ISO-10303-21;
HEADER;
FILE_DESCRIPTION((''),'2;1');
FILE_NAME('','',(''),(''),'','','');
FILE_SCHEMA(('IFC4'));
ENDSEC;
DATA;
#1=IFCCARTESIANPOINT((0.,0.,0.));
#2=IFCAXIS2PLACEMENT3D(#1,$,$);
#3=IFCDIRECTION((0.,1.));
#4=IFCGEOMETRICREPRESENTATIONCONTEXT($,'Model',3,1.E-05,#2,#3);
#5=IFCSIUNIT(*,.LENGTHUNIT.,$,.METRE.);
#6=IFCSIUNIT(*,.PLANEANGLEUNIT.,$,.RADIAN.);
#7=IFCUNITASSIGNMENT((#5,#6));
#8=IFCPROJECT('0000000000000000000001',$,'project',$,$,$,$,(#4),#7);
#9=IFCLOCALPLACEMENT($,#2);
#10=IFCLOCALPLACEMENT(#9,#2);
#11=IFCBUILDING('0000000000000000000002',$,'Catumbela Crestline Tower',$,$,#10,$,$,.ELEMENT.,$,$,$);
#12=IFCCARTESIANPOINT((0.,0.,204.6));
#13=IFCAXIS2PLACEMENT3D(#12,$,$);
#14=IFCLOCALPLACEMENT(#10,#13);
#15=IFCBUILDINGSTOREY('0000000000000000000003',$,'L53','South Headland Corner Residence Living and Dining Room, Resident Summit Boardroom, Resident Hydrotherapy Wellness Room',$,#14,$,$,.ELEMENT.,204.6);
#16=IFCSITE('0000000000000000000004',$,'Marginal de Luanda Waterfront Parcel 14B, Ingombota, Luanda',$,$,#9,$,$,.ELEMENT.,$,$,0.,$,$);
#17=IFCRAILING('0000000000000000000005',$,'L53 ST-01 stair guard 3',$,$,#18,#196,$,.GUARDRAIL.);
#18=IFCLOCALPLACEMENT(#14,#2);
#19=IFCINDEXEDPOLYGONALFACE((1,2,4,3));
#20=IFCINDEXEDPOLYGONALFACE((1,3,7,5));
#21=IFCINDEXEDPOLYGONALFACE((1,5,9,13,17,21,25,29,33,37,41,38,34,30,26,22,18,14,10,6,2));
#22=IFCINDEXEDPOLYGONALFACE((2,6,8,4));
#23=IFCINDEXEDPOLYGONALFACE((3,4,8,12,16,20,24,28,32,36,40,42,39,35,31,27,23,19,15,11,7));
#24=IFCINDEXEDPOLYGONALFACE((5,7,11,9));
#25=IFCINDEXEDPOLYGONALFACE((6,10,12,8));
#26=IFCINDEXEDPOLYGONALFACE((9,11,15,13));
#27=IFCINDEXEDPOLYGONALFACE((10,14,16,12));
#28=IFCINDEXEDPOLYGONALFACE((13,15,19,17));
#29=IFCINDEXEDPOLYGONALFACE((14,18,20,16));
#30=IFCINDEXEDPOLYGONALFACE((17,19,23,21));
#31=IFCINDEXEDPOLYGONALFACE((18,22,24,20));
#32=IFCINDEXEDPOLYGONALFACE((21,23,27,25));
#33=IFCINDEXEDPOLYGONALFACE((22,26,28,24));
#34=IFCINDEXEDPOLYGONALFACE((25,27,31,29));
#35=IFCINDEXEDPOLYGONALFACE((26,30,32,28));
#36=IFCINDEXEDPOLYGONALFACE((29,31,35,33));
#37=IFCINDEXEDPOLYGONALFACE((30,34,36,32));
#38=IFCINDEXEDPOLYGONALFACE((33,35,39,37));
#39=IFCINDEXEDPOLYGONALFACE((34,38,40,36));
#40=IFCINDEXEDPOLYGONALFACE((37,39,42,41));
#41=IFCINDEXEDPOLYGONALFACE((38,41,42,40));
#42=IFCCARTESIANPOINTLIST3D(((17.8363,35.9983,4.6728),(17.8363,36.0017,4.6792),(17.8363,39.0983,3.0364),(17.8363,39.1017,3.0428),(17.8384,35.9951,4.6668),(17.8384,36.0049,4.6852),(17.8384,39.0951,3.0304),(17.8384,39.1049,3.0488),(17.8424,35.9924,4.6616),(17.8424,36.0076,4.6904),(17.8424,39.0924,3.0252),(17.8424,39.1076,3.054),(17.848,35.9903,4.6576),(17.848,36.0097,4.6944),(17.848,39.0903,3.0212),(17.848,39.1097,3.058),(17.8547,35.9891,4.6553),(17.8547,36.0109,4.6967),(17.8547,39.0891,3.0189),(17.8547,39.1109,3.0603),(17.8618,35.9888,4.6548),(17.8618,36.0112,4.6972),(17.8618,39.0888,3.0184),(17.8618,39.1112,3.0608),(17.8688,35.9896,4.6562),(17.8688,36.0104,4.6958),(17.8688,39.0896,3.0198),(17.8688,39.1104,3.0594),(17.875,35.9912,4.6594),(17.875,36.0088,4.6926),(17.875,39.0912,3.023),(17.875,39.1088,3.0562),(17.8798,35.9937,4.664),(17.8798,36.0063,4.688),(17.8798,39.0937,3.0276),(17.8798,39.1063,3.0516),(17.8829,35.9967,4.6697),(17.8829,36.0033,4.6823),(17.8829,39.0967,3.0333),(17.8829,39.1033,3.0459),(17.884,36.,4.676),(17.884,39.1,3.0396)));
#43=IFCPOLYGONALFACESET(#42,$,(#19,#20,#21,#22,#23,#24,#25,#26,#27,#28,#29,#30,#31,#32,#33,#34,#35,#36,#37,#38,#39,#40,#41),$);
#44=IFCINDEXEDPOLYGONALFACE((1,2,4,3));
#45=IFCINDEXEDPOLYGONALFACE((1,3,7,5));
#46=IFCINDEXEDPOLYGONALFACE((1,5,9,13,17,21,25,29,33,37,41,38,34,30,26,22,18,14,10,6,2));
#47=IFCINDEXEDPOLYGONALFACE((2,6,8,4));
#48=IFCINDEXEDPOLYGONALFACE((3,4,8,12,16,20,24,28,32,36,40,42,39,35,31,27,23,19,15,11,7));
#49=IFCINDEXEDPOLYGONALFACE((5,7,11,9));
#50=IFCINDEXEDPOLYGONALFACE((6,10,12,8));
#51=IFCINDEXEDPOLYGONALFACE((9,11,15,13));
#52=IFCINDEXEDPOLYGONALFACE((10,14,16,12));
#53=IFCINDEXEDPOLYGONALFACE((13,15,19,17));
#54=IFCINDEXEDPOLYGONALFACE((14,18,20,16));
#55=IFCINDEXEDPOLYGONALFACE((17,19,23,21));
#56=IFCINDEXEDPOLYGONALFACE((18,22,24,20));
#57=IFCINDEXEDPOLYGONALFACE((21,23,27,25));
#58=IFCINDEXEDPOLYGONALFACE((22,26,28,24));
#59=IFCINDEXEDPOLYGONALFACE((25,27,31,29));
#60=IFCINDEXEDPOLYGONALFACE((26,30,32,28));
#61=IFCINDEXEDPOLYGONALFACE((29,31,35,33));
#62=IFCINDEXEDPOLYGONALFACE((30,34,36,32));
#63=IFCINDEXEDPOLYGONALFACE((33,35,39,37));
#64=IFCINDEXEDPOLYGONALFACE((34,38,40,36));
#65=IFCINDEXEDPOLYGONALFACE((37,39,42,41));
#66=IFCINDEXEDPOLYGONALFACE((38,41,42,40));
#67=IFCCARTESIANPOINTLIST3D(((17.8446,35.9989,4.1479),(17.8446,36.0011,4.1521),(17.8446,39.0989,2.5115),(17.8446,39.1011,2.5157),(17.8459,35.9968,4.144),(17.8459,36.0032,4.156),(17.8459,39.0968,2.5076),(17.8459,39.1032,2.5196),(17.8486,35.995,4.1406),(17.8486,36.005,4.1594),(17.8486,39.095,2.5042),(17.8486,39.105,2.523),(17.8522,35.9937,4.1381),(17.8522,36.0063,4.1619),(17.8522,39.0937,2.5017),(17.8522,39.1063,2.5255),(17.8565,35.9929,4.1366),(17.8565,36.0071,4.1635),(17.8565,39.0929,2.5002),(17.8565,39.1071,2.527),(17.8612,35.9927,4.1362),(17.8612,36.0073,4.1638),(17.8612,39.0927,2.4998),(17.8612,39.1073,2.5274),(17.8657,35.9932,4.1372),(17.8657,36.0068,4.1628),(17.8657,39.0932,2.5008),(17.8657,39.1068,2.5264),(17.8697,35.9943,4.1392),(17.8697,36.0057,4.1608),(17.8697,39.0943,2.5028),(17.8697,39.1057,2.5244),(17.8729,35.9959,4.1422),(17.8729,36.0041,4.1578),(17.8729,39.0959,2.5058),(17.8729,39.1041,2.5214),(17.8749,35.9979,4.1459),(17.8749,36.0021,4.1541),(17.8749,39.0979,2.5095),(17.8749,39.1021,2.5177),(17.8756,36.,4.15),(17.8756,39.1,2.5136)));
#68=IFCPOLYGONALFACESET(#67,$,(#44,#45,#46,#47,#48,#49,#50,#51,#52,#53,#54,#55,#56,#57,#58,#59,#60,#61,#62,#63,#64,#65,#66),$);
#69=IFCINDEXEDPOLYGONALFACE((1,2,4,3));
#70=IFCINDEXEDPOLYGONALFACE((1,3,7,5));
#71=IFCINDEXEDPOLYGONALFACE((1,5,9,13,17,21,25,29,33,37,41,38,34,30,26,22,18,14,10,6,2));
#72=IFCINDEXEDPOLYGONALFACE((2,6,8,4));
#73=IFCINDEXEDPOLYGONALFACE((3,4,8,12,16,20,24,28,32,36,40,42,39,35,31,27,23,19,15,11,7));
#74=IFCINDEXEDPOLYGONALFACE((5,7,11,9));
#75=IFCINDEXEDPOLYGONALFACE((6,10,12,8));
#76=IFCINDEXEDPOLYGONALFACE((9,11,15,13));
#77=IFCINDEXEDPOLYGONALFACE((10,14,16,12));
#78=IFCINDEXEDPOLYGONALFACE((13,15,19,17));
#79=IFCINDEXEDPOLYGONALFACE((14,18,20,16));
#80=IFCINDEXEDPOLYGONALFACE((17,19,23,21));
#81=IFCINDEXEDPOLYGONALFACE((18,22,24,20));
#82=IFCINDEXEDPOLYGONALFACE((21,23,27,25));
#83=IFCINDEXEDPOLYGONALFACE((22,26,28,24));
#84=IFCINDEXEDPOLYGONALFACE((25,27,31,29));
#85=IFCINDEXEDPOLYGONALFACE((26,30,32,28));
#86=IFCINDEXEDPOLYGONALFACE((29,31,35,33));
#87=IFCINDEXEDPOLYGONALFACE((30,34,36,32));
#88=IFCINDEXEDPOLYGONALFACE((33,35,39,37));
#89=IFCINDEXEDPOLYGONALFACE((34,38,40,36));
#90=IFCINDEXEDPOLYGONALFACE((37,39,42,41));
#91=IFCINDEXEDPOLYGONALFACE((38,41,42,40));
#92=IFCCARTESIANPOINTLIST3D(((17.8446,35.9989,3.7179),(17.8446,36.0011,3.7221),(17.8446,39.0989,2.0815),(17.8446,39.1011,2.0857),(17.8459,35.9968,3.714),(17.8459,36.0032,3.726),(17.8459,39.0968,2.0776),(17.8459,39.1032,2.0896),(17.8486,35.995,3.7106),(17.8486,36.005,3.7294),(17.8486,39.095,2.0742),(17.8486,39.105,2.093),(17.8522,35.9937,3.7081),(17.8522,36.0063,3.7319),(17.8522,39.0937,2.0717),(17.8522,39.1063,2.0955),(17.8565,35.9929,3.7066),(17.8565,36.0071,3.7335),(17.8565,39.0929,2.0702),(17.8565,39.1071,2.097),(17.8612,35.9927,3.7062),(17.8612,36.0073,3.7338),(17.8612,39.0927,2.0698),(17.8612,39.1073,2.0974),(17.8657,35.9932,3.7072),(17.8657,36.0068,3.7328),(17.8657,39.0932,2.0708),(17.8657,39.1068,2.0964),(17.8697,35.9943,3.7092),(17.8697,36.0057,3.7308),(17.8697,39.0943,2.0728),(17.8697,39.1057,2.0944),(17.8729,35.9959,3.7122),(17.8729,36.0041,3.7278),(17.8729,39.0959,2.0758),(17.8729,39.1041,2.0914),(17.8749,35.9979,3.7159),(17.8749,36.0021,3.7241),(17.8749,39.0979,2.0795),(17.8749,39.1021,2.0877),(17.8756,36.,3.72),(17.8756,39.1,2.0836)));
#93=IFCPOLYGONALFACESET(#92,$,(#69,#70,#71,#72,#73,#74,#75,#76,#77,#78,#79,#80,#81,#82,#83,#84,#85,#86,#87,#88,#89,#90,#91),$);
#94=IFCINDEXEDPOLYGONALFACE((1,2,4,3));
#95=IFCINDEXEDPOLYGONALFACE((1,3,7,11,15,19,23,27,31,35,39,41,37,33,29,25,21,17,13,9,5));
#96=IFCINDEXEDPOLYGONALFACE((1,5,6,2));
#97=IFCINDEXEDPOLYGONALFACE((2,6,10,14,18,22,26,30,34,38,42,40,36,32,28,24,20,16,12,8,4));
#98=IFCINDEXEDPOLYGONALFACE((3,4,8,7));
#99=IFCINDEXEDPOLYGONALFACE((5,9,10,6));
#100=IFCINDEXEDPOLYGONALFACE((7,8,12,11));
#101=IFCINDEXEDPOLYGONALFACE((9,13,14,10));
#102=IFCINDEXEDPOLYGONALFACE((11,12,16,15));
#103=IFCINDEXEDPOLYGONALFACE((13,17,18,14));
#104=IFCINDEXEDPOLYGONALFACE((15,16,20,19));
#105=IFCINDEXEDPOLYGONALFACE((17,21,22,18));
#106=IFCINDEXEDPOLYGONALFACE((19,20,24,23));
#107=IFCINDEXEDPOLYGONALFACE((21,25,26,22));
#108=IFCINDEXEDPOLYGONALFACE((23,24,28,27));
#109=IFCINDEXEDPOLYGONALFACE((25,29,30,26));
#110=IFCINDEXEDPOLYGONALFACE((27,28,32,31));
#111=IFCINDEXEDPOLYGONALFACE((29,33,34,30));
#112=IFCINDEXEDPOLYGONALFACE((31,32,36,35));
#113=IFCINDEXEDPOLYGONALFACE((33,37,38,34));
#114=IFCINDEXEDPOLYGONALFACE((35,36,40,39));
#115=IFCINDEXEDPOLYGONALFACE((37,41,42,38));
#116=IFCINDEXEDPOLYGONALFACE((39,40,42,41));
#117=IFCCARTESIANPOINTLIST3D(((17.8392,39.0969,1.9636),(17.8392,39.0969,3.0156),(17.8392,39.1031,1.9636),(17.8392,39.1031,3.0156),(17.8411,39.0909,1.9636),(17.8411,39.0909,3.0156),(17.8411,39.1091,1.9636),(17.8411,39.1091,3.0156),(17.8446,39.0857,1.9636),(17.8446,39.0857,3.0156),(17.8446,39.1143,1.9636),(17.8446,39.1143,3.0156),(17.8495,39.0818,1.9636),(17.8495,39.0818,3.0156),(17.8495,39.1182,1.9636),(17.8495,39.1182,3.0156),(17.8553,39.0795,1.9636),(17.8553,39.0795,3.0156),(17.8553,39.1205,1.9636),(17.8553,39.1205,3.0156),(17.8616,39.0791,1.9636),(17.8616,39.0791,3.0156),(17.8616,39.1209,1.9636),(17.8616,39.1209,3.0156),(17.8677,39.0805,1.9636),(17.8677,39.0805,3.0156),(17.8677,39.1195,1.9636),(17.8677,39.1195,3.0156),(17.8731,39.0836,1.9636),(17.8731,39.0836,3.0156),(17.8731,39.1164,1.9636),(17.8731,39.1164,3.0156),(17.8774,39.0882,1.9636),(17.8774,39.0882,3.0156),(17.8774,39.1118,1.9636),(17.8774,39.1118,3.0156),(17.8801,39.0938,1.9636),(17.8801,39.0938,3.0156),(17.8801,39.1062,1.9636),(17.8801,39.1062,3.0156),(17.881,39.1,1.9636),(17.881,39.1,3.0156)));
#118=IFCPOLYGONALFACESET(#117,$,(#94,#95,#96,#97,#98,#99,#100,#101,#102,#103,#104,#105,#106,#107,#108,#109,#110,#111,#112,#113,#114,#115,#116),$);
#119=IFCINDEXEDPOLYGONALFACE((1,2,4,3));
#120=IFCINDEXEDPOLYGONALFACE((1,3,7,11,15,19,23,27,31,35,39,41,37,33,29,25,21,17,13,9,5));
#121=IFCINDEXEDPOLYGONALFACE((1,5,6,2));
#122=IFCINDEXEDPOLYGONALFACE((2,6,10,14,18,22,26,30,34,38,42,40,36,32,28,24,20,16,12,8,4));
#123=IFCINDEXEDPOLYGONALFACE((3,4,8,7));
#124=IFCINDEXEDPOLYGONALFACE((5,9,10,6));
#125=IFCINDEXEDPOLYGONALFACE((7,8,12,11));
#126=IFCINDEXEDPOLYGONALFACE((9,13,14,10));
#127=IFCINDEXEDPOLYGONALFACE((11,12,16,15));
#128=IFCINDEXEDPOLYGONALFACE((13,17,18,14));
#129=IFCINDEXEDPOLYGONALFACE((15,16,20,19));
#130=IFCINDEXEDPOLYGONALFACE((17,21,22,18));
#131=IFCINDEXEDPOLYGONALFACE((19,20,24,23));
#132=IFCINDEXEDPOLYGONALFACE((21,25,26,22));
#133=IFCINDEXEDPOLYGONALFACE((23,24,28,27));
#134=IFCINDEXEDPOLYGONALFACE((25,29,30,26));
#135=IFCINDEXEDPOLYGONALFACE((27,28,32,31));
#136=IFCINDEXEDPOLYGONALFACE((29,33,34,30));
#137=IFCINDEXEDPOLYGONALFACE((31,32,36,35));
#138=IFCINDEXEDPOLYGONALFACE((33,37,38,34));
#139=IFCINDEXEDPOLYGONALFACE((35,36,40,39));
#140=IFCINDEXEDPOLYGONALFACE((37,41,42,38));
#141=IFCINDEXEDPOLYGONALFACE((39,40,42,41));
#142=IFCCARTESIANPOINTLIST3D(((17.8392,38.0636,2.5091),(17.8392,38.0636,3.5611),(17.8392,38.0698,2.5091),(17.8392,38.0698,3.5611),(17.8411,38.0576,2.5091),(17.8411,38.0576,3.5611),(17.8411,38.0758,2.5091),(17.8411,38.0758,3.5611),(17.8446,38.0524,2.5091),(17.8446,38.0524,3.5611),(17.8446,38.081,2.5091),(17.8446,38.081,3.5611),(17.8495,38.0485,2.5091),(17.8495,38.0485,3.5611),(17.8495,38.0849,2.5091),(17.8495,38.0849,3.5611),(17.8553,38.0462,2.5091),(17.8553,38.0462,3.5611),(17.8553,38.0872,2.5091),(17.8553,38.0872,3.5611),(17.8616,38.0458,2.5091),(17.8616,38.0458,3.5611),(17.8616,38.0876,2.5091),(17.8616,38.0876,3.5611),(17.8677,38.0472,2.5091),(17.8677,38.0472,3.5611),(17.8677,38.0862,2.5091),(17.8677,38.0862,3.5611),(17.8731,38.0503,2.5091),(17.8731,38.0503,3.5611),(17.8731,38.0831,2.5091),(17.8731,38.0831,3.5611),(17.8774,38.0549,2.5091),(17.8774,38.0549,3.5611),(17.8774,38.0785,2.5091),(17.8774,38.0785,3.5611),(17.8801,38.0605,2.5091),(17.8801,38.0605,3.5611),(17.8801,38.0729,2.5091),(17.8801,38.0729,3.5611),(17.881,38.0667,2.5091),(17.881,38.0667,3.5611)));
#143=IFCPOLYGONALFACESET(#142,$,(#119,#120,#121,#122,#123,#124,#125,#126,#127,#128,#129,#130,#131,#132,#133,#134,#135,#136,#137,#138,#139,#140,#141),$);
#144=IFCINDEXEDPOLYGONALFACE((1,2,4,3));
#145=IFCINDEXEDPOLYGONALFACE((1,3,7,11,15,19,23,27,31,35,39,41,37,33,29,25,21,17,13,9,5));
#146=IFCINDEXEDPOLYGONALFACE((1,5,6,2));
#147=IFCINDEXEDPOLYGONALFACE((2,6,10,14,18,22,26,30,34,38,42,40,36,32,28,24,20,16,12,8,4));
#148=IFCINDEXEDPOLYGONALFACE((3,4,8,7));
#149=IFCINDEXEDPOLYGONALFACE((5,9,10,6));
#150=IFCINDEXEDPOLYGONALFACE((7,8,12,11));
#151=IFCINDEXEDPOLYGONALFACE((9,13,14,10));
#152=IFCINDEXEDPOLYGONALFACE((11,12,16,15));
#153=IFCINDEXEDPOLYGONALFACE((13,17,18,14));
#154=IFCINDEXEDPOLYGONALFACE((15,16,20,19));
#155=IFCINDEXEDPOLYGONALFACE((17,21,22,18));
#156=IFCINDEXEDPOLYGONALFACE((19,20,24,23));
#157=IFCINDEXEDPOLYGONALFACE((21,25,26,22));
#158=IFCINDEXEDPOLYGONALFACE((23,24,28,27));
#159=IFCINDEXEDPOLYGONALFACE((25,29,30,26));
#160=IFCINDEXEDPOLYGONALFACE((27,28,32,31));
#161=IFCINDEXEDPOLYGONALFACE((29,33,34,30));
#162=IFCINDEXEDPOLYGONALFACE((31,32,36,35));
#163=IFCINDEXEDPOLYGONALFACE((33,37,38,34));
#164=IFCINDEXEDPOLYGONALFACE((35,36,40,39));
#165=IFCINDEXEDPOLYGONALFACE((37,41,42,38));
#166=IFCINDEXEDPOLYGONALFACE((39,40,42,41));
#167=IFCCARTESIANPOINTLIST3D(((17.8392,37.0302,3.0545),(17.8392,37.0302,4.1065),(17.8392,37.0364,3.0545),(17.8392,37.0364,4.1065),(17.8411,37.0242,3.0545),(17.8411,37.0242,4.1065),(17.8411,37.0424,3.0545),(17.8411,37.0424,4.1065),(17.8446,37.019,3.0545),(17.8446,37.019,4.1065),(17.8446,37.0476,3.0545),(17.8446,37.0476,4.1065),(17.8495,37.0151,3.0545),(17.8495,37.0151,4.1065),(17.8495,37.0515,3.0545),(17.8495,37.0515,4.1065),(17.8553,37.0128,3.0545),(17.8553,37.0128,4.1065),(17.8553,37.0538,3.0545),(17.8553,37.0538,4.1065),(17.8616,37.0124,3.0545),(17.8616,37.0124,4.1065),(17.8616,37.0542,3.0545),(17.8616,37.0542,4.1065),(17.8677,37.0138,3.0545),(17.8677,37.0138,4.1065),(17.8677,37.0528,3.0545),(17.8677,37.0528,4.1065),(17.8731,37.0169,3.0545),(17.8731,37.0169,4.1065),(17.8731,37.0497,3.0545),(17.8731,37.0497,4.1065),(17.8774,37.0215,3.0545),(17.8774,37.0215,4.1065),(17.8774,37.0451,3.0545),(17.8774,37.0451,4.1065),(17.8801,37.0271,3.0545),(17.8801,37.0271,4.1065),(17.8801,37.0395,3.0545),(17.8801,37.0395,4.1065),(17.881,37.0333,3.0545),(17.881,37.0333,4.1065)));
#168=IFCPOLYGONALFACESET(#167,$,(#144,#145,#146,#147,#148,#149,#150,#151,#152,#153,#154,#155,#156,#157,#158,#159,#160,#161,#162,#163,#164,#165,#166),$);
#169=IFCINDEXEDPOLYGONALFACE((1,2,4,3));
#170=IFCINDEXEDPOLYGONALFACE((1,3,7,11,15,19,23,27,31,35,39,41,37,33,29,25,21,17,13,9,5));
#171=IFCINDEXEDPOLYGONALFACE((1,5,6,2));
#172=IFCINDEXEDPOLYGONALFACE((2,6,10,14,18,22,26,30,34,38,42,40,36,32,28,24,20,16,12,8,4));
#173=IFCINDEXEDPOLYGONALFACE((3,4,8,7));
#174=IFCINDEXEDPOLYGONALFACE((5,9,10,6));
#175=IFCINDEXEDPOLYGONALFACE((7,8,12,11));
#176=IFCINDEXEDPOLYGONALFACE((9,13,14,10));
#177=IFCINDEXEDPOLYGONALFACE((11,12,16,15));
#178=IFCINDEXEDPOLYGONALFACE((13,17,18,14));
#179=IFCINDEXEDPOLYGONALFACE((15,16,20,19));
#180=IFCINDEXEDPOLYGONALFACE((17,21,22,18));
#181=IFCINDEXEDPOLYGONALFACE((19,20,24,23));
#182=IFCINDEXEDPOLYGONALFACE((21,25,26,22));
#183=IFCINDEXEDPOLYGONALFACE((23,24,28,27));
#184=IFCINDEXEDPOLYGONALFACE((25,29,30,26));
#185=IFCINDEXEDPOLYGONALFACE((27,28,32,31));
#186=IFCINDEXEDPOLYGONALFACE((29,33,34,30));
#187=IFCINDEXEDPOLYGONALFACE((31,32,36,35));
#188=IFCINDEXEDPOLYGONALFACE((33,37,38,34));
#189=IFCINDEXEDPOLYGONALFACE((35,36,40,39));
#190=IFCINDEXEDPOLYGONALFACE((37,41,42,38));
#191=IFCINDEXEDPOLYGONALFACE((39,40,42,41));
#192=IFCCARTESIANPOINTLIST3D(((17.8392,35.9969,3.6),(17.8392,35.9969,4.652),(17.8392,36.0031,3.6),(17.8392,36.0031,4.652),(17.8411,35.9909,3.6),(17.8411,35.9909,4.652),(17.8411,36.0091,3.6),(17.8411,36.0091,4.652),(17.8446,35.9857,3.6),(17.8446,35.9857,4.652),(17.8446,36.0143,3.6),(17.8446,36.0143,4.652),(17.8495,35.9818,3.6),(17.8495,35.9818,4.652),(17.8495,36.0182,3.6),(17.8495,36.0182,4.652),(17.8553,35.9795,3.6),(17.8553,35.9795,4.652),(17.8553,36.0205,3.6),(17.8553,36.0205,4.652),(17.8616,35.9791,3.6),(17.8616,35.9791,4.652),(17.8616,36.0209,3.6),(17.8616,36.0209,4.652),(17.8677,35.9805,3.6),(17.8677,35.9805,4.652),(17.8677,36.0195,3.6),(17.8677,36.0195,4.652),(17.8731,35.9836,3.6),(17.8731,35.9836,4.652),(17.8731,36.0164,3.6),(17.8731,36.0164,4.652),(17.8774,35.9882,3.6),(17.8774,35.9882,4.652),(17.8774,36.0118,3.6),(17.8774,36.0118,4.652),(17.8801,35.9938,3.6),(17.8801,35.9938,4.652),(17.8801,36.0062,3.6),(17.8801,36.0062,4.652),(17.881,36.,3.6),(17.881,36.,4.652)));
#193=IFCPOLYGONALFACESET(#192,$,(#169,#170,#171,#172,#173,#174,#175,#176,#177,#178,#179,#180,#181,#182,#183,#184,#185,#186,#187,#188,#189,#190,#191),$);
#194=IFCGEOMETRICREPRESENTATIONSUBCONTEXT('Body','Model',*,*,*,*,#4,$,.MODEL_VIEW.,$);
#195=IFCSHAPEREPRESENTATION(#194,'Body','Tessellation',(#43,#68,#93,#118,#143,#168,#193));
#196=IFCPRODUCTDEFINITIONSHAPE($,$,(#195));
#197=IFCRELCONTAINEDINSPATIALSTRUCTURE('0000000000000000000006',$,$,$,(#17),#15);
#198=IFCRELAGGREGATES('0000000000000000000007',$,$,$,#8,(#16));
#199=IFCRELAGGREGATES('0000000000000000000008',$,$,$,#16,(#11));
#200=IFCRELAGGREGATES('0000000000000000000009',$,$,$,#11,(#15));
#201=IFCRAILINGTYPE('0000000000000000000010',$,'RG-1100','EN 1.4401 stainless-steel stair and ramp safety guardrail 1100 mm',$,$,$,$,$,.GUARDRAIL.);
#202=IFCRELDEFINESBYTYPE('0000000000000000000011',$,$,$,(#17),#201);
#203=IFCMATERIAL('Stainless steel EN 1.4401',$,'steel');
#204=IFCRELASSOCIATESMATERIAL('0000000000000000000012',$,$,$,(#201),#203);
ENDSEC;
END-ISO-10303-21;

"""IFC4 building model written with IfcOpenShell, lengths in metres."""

from ifc_helpers import new_model, si_unit, direction, frame, origin, origin_2d, place, context, subcontext, project, spatial, circle, extrude, material, type_object, element, save


model = new_model("IFC4")

# Units and contexts
model_context = context("Model", 3, precision=1e-05, world=origin(), true_north=direction((0.0, 1.0)))
body_context = subcontext(model_context, "Body", "Model", "MODEL_VIEW")
ifc_project = project(units=[si_unit("LENGTHUNIT", "METRE"), si_unit("PLANEANGLEUNIT", "RADIAN")], contexts=[model_context])

# Site, building, storey
site_placement = place(None, origin())
site = spatial("IfcSite", under=ifc_project, at=site_placement, Name="Marginal de Luanda Waterfront Parcel 14B, Ingombota, Luanda", CompositionType="ELEMENT", RefElevation=0.0)
building_placement = place(site_placement, origin())
building = spatial("IfcBuilding", under=site, at=building_placement, Name="Catumbela Crestline Tower", CompositionType="ELEMENT")
storey_placement = place(building_placement, frame((0.0, 0.0, 204.6)))
storey = spatial("IfcBuildingStorey", under=building, at=storey_placement, Name="L53", Description="South Headland Corner Residence Living and Dining Room, Resident Summit Boardroom, Resident Hydrotherapy Wellness Room", CompositionType="ELEMENT", Elevation=204.6)

# Shared definitions
ifc_material_1 = material(Name="Stainless steel EN 1.4401", Category="steel")

# Railing
railing_type_1 = type_object("IfcRailingType", Name="RG-1100", Description="EN 1.4401 stainless-steel stair and ramp safety guardrail 1100 mm", PredefinedType="GUARDRAIL", material=ifc_material_1)
railing_1_placement = place(storey_placement, frame((17.86, 39.1, 1.9636)))
element("IfcRailing", 1, at=railing_1_placement, inside=storey, type_object=railing_type_1, Name="L53 ST-01 stair guard 3", PredefinedType="GUARDRAIL", context=body_context, shape_type="SweptSolid", body=[
    extrude(circle(Radius=0.024, at=origin_2d()), frame((0.0, 0.0, 1.076), z_axis=(0.0, -0.884351, 0.466823), x_axis=(1.0, 0.0, 0.0)), (0.0, 0.0, 1.0), 3.5054),
    extrude(circle(Radius=0.0156, at=origin_2d()), frame((0.0, 0.0, 0.55), z_axis=(0.0, -0.884351, 0.466823), x_axis=(1.0, 0.0, 0.0)), (0.0, 0.0, 1.0), 3.5054),
    extrude(circle(Radius=0.0156, at=origin_2d()), frame((0.0, 0.0, 0.12), z_axis=(0.0, -0.884351, 0.466823), x_axis=(1.0, 0.0, 0.0)), (0.0, 0.0, 1.0), 3.5054),
    extrude(circle(Radius=0.021, at=origin_2d()), origin(), (0.0, 0.0, 1.0), 1.052),
    extrude(circle(Radius=0.021, at=origin_2d()), frame((0.0, -1.0333, 0.5455)), (0.0, 0.0, 1.0), 1.052),
    extrude(circle(Radius=0.021, at=origin_2d()), frame((0.0, -2.0667, 1.0909)), (0.0, 0.0, 1.0), 1.052),
    extrude(circle(Radius=0.021, at=origin_2d()), frame((0.0, -3.1, 1.6364)), (0.0, 0.0, 1.0), 1.052),
])

save(model, "model.ifc")
